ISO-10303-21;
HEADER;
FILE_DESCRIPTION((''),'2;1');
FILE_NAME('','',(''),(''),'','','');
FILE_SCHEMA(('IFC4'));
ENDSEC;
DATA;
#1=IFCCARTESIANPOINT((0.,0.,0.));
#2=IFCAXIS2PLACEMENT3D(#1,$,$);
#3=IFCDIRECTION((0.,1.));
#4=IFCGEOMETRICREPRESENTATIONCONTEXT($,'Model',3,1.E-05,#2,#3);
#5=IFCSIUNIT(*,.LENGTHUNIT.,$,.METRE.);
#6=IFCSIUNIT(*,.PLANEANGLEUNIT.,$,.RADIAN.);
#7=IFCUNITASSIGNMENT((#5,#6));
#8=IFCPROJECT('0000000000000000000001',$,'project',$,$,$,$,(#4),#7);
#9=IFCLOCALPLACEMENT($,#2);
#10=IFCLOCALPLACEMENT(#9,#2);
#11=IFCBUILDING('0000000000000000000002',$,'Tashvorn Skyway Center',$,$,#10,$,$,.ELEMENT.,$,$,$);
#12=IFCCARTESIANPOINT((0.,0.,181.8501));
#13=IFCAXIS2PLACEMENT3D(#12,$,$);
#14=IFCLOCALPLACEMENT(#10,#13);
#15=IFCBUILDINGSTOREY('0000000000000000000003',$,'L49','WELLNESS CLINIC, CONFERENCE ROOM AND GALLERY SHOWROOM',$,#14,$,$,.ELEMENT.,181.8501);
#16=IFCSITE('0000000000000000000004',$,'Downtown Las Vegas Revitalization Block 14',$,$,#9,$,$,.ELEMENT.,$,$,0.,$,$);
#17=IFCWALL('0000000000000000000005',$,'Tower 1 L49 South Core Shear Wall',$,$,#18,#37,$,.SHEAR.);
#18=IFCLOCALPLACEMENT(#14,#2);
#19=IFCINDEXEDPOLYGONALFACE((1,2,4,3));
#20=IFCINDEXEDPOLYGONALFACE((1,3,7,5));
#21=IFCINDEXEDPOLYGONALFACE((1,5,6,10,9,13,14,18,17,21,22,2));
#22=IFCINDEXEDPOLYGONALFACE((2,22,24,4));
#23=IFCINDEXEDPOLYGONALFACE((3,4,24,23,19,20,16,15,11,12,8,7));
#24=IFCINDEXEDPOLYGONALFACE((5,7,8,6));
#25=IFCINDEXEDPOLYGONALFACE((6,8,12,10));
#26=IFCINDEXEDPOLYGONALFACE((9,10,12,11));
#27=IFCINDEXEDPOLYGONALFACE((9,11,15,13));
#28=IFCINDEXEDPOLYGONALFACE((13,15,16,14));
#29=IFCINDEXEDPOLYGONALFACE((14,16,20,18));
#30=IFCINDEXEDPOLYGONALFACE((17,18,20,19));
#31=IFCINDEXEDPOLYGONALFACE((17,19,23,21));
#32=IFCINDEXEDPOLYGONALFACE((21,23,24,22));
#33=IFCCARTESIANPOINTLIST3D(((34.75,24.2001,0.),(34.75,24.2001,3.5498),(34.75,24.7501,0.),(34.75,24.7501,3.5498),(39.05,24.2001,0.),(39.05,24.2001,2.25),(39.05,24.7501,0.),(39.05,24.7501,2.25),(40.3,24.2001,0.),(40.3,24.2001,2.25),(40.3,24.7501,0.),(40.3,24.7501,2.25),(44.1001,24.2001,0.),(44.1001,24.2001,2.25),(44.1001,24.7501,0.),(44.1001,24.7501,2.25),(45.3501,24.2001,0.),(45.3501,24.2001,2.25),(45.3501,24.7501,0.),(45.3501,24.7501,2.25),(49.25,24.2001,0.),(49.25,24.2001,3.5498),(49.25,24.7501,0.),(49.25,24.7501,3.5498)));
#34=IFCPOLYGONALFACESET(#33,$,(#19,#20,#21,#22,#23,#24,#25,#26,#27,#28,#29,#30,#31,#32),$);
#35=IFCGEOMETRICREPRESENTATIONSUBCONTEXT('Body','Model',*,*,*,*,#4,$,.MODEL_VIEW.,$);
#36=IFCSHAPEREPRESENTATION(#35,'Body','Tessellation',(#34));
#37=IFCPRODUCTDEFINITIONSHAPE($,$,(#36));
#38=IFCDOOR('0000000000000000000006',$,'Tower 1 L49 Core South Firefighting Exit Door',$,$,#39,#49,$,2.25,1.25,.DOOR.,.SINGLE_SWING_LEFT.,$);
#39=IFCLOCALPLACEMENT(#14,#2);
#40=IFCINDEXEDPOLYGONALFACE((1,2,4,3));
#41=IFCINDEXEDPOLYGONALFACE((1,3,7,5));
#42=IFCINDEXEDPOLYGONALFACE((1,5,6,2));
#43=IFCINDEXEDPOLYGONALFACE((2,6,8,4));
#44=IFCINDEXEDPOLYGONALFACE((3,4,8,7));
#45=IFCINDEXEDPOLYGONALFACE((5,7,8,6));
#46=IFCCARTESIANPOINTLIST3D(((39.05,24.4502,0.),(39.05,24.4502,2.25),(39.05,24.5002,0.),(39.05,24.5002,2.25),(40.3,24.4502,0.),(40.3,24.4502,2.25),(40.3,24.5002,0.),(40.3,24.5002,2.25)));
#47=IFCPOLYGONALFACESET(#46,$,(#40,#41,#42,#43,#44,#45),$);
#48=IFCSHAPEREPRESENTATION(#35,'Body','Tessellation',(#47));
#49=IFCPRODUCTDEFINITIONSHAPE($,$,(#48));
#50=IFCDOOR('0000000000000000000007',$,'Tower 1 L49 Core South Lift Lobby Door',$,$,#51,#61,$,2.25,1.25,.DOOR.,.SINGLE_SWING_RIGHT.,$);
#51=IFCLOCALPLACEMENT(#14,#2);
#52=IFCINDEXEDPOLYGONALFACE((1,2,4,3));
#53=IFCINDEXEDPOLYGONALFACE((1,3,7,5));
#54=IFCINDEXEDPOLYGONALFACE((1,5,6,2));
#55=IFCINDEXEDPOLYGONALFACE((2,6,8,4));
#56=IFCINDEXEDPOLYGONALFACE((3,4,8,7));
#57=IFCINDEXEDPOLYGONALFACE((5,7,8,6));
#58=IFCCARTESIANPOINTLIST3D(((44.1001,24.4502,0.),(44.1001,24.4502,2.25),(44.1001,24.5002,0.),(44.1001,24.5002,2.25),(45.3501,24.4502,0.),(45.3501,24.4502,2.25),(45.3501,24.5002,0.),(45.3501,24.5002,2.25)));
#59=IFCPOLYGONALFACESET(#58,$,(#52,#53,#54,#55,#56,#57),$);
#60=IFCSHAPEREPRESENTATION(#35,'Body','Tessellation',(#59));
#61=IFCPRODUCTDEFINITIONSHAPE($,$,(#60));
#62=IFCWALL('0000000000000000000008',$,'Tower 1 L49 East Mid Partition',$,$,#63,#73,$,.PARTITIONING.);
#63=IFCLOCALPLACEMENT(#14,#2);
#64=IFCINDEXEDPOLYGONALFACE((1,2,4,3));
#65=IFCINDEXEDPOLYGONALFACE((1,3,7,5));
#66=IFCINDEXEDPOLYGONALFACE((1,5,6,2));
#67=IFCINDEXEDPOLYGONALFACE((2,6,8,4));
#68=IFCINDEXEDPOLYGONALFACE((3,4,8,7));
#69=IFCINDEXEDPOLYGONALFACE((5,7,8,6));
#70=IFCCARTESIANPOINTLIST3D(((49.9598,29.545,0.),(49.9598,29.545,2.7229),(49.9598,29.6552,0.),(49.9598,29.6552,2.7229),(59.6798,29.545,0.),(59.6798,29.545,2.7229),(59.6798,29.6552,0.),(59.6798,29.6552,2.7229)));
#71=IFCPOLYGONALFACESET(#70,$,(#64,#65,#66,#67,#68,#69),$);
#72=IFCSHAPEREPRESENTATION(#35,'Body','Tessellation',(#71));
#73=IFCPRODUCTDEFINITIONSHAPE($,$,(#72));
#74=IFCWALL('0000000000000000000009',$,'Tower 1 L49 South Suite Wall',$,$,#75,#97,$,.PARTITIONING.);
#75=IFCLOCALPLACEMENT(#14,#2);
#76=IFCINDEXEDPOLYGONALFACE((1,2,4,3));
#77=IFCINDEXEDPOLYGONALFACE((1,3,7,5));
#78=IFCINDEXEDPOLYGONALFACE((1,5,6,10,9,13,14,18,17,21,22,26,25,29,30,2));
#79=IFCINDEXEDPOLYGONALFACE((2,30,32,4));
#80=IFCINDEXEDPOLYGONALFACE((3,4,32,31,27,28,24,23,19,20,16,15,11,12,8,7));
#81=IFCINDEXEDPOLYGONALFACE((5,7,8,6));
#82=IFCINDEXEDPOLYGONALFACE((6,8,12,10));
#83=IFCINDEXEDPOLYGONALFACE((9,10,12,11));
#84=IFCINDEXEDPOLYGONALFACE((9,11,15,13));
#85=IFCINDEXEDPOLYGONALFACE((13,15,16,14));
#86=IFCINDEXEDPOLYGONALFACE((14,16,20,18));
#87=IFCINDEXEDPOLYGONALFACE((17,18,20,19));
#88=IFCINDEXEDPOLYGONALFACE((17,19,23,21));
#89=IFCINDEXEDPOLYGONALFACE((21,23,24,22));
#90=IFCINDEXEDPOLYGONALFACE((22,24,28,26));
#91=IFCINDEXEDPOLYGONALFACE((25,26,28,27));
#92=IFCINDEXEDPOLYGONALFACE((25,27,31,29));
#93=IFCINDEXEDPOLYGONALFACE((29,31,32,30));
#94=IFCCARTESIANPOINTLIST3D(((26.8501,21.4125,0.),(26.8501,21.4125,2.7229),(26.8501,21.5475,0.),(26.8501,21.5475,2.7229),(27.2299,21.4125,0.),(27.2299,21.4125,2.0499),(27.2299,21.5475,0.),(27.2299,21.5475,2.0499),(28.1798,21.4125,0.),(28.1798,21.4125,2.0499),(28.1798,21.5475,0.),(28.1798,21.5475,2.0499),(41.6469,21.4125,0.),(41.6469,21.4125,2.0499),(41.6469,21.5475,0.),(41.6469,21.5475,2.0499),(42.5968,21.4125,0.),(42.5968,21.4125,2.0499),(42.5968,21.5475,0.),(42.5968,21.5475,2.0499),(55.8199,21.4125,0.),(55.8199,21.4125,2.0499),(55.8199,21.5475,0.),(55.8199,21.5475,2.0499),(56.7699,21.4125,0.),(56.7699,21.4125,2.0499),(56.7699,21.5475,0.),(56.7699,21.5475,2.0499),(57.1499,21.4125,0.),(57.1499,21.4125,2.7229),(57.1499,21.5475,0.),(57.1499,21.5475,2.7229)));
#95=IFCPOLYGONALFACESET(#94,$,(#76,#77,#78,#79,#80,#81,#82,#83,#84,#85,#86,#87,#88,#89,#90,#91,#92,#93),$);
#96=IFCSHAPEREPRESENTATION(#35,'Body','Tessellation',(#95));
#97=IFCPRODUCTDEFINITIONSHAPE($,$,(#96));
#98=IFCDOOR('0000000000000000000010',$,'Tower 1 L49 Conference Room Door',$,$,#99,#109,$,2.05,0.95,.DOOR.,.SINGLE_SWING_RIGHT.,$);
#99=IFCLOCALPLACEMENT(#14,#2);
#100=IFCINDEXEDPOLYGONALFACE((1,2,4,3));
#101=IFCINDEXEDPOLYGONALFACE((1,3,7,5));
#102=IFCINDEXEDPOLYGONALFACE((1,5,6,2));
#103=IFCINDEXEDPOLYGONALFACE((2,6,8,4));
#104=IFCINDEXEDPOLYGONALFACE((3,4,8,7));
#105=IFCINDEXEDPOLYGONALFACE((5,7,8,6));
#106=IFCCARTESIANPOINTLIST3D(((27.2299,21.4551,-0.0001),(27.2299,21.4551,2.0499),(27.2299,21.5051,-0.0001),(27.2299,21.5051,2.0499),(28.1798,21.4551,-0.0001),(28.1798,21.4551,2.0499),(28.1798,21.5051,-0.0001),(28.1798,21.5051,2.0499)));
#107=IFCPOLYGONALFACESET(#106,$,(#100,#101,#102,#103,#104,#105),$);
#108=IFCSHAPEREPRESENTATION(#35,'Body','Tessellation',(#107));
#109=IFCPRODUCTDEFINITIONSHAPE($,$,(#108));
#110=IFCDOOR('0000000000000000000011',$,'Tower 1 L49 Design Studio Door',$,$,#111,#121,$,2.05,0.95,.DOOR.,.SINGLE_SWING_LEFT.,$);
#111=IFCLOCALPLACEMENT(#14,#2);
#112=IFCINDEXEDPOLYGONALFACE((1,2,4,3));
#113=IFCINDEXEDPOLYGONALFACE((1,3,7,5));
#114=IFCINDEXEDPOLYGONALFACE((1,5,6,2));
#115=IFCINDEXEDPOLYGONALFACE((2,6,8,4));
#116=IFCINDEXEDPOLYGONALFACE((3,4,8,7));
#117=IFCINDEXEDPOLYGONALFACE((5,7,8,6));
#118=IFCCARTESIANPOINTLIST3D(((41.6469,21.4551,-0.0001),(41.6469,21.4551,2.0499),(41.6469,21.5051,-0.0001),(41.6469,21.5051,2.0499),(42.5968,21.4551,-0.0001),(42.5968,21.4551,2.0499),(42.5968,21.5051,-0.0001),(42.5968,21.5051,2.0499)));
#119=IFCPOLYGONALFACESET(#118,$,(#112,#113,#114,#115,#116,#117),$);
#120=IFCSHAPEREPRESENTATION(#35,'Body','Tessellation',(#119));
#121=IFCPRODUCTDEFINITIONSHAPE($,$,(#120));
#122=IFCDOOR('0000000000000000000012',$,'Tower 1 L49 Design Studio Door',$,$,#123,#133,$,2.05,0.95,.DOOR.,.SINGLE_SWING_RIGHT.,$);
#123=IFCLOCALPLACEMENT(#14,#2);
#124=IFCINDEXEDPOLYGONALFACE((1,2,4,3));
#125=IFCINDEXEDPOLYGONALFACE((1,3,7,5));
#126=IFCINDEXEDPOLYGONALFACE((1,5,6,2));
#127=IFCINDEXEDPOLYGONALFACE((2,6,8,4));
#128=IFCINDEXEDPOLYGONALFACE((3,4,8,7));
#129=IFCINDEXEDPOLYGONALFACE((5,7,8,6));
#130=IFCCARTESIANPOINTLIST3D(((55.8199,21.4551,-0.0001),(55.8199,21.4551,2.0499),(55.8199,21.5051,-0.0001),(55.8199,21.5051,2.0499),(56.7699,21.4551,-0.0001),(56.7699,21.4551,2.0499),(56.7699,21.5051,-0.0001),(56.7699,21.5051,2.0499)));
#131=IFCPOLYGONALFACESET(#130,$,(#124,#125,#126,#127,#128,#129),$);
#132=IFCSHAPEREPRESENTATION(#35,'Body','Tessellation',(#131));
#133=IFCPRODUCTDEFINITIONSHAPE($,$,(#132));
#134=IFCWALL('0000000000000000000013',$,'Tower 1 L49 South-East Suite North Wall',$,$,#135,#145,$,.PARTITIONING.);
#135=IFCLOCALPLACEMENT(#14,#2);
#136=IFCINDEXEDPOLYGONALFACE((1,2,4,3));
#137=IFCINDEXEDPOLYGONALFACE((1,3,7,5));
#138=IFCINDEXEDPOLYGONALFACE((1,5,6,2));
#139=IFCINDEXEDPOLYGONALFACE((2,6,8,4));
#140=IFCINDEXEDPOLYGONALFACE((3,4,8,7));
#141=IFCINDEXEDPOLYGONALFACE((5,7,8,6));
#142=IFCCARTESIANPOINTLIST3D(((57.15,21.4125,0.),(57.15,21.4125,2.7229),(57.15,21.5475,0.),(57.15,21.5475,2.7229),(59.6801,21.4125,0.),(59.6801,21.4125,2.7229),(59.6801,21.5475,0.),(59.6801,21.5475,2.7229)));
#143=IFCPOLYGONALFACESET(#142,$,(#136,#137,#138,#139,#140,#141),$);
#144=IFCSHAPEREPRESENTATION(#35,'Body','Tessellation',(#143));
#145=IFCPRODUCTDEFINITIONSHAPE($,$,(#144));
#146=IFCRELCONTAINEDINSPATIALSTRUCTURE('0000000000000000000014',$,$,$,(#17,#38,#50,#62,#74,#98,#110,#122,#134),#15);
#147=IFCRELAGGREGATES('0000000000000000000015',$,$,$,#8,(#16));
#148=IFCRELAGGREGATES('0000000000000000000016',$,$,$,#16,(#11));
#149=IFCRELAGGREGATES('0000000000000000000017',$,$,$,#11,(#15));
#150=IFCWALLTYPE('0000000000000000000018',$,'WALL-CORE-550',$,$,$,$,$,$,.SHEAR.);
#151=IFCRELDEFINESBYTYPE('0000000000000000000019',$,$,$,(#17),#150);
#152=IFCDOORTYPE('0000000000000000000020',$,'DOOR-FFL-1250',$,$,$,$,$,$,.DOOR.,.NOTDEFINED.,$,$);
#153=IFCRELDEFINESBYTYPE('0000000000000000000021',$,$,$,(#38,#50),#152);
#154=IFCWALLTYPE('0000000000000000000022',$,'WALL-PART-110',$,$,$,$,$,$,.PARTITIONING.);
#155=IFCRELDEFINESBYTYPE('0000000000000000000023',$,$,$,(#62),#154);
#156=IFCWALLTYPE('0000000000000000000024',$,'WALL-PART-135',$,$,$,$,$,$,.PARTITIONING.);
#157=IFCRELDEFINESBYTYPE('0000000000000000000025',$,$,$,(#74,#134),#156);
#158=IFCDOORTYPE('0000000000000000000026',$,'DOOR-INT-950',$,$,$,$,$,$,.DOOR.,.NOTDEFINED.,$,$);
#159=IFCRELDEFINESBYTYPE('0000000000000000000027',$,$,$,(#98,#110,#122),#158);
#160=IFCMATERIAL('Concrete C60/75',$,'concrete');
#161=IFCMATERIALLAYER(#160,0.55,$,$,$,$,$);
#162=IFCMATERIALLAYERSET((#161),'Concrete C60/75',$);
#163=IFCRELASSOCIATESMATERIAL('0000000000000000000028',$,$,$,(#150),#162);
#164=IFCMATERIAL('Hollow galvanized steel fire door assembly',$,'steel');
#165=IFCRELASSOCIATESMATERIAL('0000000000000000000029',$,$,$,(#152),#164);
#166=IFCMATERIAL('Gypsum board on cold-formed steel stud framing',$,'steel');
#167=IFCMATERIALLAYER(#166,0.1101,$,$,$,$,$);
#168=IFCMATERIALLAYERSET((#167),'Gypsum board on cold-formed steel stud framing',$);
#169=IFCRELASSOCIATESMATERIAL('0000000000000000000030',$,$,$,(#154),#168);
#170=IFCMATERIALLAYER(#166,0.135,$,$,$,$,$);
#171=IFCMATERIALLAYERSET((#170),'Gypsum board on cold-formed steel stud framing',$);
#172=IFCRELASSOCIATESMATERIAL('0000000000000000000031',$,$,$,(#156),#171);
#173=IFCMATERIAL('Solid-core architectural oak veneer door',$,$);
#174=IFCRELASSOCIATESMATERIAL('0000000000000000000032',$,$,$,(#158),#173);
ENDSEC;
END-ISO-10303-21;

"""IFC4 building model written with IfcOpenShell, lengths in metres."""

from ifc_helpers import new_model, si_unit, direction, frame, frame_2d, origin, place, context, subcontext, project, spatial, rectangle, extrude, material, layer, layer_set, type_object, element, fill, save


model = new_model("IFC4")

# Units and contexts
model_context = context("Model", 3, precision=1e-05, world=origin(), true_north=direction((0.0, 1.0)))
body_context = subcontext(model_context, "Body", "Model", "MODEL_VIEW")
ifc_project = project(units=[si_unit("LENGTHUNIT", "METRE"), si_unit("PLANEANGLEUNIT", "RADIAN")], contexts=[model_context])

# Site, building, storey
site_placement = place(None, origin())
site = spatial("IfcSite", under=ifc_project, at=site_placement, Name="Downtown Las Vegas Revitalization Block 14", CompositionType="ELEMENT", RefElevation=0.0)
building_placement = place(site_placement, origin())
building = spatial("IfcBuilding", under=site, at=building_placement, Name="Tashvorn Skyway Center", CompositionType="ELEMENT")
storey_placement = place(building_placement, frame((0.0, 0.0, 181.8501)))
storey = spatial("IfcBuildingStorey", under=building, at=storey_placement, Name="L49", Description="WELLNESS CLINIC, CONFERENCE ROOM AND GALLERY SHOWROOM", CompositionType="ELEMENT", Elevation=181.8501)

# Wall, openings, doors
ifc_material_1 = material(Name="Concrete C60/75", Category="concrete")
ifc_layer_1 = layer(ifc_material_1, 0.55)
ifc_layer_set_1 = layer_set([ifc_layer_1], Name="Concrete C60/75")
wall_type_1 = type_object("IfcWallType", Name="WALL-CORE-550", PredefinedType="SHEAR", material=ifc_layer_set_1)
wall_1_placement = place(storey_placement, frame((49.25, 24.4751, 0.0), z_axis=(0.0, 0.0, 1.0), x_axis=(-1.0, 0.0, 0.0)))
wall_1 = element("IfcWall", 1, at=wall_1_placement, inside=storey, type_object=wall_type_1, Name="Tower 1 L49 South Core Shear Wall", PredefinedType="SHEAR", context=body_context, shape_type="SweptSolid", body=[
    extrude(rectangle(XDim=14.5, YDim=0.55, at=frame_2d((7.25, 0.0))), origin(), (0.0, 0.0, 1.0), 3.5498),
])
opening_1_placement = place(wall_1_placement, frame((8.95, 0.0, 0.0)))
opening_1 = element("IfcOpeningElement", 2, at=opening_1_placement, cuts=wall_1, PredefinedType="OPENING", context=body_context, shape_type="SweptSolid", body=[
    extrude(rectangle(XDim=1.25, YDim=2.25, at=frame_2d((0.625, 1.125))), frame((0.0, 0.2849, 0.0), z_axis=(0.0, -1.0, 0.0), x_axis=(1.0, 0.0, 0.0)), (0.0, 0.0, 1.0), 0.5701),
])
opening_2_placement = place(wall_1_placement, frame((3.8999, 0.0, 0.0)))
opening_2 = element("IfcOpeningElement", 3, at=opening_2_placement, cuts=wall_1, PredefinedType="OPENING", context=body_context, shape_type="SweptSolid", body=[
    extrude(rectangle(XDim=1.25, YDim=2.25, at=frame_2d((0.625, 1.125))), frame((0.0, 0.2849, 0.0), z_axis=(0.0, -1.0, 0.0), x_axis=(1.0, 0.0, 0.0)), (0.0, 0.0, 1.0), 0.5701),
])
ifc_material_2 = material(Name="Hollow galvanized steel fire door assembly", Category="steel")
door_type_1 = type_object("IfcDoorType", Name="DOOR-FFL-1250", OperationType="NOTDEFINED", PredefinedType="DOOR", material=ifc_material_2)
door_1_placement = place(opening_1_placement, origin())
door_1 = element("IfcDoor", 4, at=door_1_placement, inside=storey, type_object=door_type_1, Name="Tower 1 L49 Core South Firefighting Exit Door", OperationType="SINGLE_SWING_LEFT", OverallHeight=2.25, OverallWidth=1.25, PredefinedType="DOOR", context=body_context, shape_type="SweptSolid", body=[
    extrude(rectangle(XDim=1.25, YDim=2.25, at=frame_2d((0.625, 1.125))), frame((0.0, 0.0249, 0.0), z_axis=(0.0, -1.0, 0.0), x_axis=(1.0, 0.0, 0.0)), (0.0, 0.0, 1.0), 0.05),
])
fill(opening_1, door_1)
door_2_placement = place(opening_2_placement, origin())
door_2 = element("IfcDoor", 5, at=door_2_placement, inside=storey, type_object=door_type_1, Name="Tower 1 L49 Core South Lift Lobby Door", OperationType="SINGLE_SWING_RIGHT", OverallHeight=2.25, OverallWidth=1.25, PredefinedType="DOOR", context=body_context, shape_type="SweptSolid", body=[
    extrude(rectangle(XDim=1.25, YDim=2.25, at=frame_2d((0.625, 1.125))), frame((0.0, 0.0249, 0.0), z_axis=(0.0, -1.0, 0.0), x_axis=(1.0, 0.0, 0.0)), (0.0, 0.0, 1.0), 0.05),
])
fill(opening_2, door_2)

# Wall
ifc_material_3 = material(Name="Gypsum board on cold-formed steel stud framing", Category="steel")
ifc_layer_2 = layer(ifc_material_3, 0.1101)
ifc_layer_set_2 = layer_set([ifc_layer_2], Name="Gypsum board on cold-formed steel stud framing")
wall_type_2 = type_object("IfcWallType", Name="WALL-PART-110", PredefinedType="PARTITIONING", material=ifc_layer_set_2)
wall_2_placement = place(storey_placement, frame((49.96, 29.6001, 0.0), z_axis=(0.0, 0.0, 1.0), x_axis=(1.0, 0.0, 0.0)))
element("IfcWall", 6, at=wall_2_placement, inside=storey, type_object=wall_type_2, Name="Tower 1 L49 East Mid Partition", PredefinedType="PARTITIONING", context=body_context, shape_type="SweptSolid", body=[
    extrude(rectangle(XDim=9.72, YDim=0.1101, at=frame_2d((4.8599, 0.0))), origin(), (0.0, 0.0, 1.0), 2.7229),
])

# Wall, openings, doors
ifc_layer_3 = layer(ifc_material_3, 0.135)
ifc_layer_set_3 = layer_set([ifc_layer_3], Name="Gypsum board on cold-formed steel stud framing")
wall_type_3 = type_object("IfcWallType", Name="WALL-PART-135", PredefinedType="PARTITIONING", material=ifc_layer_set_3)
wall_3_placement = place(storey_placement, frame((57.1499, 21.48, 0.0), z_axis=(0.0, 0.0, 1.0), x_axis=(-1.0, 0.0, 0.0)))
wall_3 = element("IfcWall", 7, at=wall_3_placement, inside=storey, type_object=wall_type_3, Name="Tower 1 L49 South Suite Wall", PredefinedType="PARTITIONING", context=body_context, shape_type="SweptSolid", body=[
    extrude(rectangle(XDim=30.2998, YDim=0.135, at=frame_2d((15.1499, 0.0))), origin(), (0.0, 0.0, 1.0), 2.7229),
])
opening_3_placement = place(wall_3_placement, frame((28.97, 0.0, 0.0)))
opening_3 = element("IfcOpeningElement", 8, at=opening_3_placement, cuts=wall_3, PredefinedType="OPENING", context=body_context, shape_type="SweptSolid", body=[
    extrude(rectangle(XDim=0.95, YDim=2.05, at=frame_2d((0.4751, 1.0249))), frame((0.0, 0.0774, 0.0), z_axis=(0.0, -1.0, 0.0), x_axis=(1.0, 0.0, 0.0)), (0.0, 0.0, 1.0), 0.155),
])
opening_4_placement = place(wall_3_placement, frame((14.553, 0.0, 0.0)))
opening_4 = element("IfcOpeningElement", 9, at=opening_4_placement, cuts=wall_3, PredefinedType="OPENING", context=body_context, shape_type="SweptSolid", body=[
    extrude(rectangle(XDim=0.95, YDim=2.05, at=frame_2d((0.4751, 1.0249))), frame((0.0, 0.0774, 0.0), z_axis=(0.0, -1.0, 0.0), x_axis=(1.0, 0.0, 0.0)), (0.0, 0.0, 1.0), 0.155),
])
opening_5_placement = place(wall_3_placement, frame((0.3799, 0.0, 0.0)))
opening_5 = element("IfcOpeningElement", 10, at=opening_5_placement, cuts=wall_3, PredefinedType="OPENING", context=body_context, shape_type="SweptSolid", body=[
    extrude(rectangle(XDim=0.95, YDim=2.05, at=frame_2d((0.4751, 1.0249))), frame((0.0, 0.0774, 0.0), z_axis=(0.0, -1.0, 0.0), x_axis=(1.0, 0.0, 0.0)), (0.0, 0.0, 1.0), 0.155),
])
ifc_material_4 = material(Name="Solid-core architectural oak veneer door")
door_type_2 = type_object("IfcDoorType", Name="DOOR-INT-950", OperationType="NOTDEFINED", PredefinedType="DOOR", material=ifc_material_4)
door_3_placement = place(opening_3_placement, origin())
door_3 = element("IfcDoor", 11, at=door_3_placement, inside=storey, type_object=door_type_2, Name="Tower 1 L49 Conference Room Door", OperationType="SINGLE_SWING_RIGHT", OverallHeight=2.05, OverallWidth=0.95, PredefinedType="DOOR", context=body_context, shape_type="SweptSolid", body=[
    extrude(rectangle(XDim=0.95, YDim=2.05, at=frame_2d((0.4751, 1.0249))), frame((0.0, 0.0249, 0.0), z_axis=(0.0, -1.0, 0.0), x_axis=(1.0, 0.0, 0.0)), (0.0, 0.0, 1.0), 0.05),
])
fill(opening_3, door_3)
door_4_placement = place(opening_4_placement, origin())
door_4 = element("IfcDoor", 12, at=door_4_placement, inside=storey, type_object=door_type_2, Name="Tower 1 L49 Design Studio Door", OperationType="SINGLE_SWING_LEFT", OverallHeight=2.05, OverallWidth=0.95, PredefinedType="DOOR", context=body_context, shape_type="SweptSolid", body=[
    extrude(rectangle(XDim=0.95, YDim=2.05, at=frame_2d((0.4751, 1.0249))), frame((0.0, 0.0249, 0.0), z_axis=(0.0, -1.0, 0.0), x_axis=(1.0, 0.0, 0.0)), (0.0, 0.0, 1.0), 0.05),
])
fill(opening_4, door_4)
door_5_placement = place(opening_5_placement, origin())
door_5 = element("IfcDoor", 13, at=door_5_placement, inside=storey, type_object=door_type_2, Name="Tower 1 L49 Design Studio Door", OperationType="SINGLE_SWING_RIGHT", OverallHeight=2.05, OverallWidth=0.95, PredefinedType="DOOR", context=body_context, shape_type="SweptSolid", body=[
    extrude(rectangle(XDim=0.95, YDim=2.05, at=frame_2d((0.4751, 1.0249))), frame((0.0, 0.0249, 0.0), z_axis=(0.0, -1.0, 0.0), x_axis=(1.0, 0.0, 0.0)), (0.0, 0.0, 1.0), 0.05),
])
fill(opening_5, door_5)

# Wall
wall_4_placement = place(storey_placement, frame((57.1499, 21.48, 0.0), z_axis=(0.0, 0.0, 1.0), x_axis=(1.0, 0.0, 0.0)))
element("IfcWall", 14, at=wall_4_placement, inside=storey, type_object=wall_type_3, Name="Tower 1 L49 South-East Suite North Wall", PredefinedType="PARTITIONING", context=body_context, shape_type="SweptSolid", body=[
    extrude(rectangle(XDim=2.53, YDim=0.135, at=frame_2d((1.2651, 0.0))), origin(), (0.0, 0.0, 1.0), 2.7229),
])

save(model, "model.ifc")
